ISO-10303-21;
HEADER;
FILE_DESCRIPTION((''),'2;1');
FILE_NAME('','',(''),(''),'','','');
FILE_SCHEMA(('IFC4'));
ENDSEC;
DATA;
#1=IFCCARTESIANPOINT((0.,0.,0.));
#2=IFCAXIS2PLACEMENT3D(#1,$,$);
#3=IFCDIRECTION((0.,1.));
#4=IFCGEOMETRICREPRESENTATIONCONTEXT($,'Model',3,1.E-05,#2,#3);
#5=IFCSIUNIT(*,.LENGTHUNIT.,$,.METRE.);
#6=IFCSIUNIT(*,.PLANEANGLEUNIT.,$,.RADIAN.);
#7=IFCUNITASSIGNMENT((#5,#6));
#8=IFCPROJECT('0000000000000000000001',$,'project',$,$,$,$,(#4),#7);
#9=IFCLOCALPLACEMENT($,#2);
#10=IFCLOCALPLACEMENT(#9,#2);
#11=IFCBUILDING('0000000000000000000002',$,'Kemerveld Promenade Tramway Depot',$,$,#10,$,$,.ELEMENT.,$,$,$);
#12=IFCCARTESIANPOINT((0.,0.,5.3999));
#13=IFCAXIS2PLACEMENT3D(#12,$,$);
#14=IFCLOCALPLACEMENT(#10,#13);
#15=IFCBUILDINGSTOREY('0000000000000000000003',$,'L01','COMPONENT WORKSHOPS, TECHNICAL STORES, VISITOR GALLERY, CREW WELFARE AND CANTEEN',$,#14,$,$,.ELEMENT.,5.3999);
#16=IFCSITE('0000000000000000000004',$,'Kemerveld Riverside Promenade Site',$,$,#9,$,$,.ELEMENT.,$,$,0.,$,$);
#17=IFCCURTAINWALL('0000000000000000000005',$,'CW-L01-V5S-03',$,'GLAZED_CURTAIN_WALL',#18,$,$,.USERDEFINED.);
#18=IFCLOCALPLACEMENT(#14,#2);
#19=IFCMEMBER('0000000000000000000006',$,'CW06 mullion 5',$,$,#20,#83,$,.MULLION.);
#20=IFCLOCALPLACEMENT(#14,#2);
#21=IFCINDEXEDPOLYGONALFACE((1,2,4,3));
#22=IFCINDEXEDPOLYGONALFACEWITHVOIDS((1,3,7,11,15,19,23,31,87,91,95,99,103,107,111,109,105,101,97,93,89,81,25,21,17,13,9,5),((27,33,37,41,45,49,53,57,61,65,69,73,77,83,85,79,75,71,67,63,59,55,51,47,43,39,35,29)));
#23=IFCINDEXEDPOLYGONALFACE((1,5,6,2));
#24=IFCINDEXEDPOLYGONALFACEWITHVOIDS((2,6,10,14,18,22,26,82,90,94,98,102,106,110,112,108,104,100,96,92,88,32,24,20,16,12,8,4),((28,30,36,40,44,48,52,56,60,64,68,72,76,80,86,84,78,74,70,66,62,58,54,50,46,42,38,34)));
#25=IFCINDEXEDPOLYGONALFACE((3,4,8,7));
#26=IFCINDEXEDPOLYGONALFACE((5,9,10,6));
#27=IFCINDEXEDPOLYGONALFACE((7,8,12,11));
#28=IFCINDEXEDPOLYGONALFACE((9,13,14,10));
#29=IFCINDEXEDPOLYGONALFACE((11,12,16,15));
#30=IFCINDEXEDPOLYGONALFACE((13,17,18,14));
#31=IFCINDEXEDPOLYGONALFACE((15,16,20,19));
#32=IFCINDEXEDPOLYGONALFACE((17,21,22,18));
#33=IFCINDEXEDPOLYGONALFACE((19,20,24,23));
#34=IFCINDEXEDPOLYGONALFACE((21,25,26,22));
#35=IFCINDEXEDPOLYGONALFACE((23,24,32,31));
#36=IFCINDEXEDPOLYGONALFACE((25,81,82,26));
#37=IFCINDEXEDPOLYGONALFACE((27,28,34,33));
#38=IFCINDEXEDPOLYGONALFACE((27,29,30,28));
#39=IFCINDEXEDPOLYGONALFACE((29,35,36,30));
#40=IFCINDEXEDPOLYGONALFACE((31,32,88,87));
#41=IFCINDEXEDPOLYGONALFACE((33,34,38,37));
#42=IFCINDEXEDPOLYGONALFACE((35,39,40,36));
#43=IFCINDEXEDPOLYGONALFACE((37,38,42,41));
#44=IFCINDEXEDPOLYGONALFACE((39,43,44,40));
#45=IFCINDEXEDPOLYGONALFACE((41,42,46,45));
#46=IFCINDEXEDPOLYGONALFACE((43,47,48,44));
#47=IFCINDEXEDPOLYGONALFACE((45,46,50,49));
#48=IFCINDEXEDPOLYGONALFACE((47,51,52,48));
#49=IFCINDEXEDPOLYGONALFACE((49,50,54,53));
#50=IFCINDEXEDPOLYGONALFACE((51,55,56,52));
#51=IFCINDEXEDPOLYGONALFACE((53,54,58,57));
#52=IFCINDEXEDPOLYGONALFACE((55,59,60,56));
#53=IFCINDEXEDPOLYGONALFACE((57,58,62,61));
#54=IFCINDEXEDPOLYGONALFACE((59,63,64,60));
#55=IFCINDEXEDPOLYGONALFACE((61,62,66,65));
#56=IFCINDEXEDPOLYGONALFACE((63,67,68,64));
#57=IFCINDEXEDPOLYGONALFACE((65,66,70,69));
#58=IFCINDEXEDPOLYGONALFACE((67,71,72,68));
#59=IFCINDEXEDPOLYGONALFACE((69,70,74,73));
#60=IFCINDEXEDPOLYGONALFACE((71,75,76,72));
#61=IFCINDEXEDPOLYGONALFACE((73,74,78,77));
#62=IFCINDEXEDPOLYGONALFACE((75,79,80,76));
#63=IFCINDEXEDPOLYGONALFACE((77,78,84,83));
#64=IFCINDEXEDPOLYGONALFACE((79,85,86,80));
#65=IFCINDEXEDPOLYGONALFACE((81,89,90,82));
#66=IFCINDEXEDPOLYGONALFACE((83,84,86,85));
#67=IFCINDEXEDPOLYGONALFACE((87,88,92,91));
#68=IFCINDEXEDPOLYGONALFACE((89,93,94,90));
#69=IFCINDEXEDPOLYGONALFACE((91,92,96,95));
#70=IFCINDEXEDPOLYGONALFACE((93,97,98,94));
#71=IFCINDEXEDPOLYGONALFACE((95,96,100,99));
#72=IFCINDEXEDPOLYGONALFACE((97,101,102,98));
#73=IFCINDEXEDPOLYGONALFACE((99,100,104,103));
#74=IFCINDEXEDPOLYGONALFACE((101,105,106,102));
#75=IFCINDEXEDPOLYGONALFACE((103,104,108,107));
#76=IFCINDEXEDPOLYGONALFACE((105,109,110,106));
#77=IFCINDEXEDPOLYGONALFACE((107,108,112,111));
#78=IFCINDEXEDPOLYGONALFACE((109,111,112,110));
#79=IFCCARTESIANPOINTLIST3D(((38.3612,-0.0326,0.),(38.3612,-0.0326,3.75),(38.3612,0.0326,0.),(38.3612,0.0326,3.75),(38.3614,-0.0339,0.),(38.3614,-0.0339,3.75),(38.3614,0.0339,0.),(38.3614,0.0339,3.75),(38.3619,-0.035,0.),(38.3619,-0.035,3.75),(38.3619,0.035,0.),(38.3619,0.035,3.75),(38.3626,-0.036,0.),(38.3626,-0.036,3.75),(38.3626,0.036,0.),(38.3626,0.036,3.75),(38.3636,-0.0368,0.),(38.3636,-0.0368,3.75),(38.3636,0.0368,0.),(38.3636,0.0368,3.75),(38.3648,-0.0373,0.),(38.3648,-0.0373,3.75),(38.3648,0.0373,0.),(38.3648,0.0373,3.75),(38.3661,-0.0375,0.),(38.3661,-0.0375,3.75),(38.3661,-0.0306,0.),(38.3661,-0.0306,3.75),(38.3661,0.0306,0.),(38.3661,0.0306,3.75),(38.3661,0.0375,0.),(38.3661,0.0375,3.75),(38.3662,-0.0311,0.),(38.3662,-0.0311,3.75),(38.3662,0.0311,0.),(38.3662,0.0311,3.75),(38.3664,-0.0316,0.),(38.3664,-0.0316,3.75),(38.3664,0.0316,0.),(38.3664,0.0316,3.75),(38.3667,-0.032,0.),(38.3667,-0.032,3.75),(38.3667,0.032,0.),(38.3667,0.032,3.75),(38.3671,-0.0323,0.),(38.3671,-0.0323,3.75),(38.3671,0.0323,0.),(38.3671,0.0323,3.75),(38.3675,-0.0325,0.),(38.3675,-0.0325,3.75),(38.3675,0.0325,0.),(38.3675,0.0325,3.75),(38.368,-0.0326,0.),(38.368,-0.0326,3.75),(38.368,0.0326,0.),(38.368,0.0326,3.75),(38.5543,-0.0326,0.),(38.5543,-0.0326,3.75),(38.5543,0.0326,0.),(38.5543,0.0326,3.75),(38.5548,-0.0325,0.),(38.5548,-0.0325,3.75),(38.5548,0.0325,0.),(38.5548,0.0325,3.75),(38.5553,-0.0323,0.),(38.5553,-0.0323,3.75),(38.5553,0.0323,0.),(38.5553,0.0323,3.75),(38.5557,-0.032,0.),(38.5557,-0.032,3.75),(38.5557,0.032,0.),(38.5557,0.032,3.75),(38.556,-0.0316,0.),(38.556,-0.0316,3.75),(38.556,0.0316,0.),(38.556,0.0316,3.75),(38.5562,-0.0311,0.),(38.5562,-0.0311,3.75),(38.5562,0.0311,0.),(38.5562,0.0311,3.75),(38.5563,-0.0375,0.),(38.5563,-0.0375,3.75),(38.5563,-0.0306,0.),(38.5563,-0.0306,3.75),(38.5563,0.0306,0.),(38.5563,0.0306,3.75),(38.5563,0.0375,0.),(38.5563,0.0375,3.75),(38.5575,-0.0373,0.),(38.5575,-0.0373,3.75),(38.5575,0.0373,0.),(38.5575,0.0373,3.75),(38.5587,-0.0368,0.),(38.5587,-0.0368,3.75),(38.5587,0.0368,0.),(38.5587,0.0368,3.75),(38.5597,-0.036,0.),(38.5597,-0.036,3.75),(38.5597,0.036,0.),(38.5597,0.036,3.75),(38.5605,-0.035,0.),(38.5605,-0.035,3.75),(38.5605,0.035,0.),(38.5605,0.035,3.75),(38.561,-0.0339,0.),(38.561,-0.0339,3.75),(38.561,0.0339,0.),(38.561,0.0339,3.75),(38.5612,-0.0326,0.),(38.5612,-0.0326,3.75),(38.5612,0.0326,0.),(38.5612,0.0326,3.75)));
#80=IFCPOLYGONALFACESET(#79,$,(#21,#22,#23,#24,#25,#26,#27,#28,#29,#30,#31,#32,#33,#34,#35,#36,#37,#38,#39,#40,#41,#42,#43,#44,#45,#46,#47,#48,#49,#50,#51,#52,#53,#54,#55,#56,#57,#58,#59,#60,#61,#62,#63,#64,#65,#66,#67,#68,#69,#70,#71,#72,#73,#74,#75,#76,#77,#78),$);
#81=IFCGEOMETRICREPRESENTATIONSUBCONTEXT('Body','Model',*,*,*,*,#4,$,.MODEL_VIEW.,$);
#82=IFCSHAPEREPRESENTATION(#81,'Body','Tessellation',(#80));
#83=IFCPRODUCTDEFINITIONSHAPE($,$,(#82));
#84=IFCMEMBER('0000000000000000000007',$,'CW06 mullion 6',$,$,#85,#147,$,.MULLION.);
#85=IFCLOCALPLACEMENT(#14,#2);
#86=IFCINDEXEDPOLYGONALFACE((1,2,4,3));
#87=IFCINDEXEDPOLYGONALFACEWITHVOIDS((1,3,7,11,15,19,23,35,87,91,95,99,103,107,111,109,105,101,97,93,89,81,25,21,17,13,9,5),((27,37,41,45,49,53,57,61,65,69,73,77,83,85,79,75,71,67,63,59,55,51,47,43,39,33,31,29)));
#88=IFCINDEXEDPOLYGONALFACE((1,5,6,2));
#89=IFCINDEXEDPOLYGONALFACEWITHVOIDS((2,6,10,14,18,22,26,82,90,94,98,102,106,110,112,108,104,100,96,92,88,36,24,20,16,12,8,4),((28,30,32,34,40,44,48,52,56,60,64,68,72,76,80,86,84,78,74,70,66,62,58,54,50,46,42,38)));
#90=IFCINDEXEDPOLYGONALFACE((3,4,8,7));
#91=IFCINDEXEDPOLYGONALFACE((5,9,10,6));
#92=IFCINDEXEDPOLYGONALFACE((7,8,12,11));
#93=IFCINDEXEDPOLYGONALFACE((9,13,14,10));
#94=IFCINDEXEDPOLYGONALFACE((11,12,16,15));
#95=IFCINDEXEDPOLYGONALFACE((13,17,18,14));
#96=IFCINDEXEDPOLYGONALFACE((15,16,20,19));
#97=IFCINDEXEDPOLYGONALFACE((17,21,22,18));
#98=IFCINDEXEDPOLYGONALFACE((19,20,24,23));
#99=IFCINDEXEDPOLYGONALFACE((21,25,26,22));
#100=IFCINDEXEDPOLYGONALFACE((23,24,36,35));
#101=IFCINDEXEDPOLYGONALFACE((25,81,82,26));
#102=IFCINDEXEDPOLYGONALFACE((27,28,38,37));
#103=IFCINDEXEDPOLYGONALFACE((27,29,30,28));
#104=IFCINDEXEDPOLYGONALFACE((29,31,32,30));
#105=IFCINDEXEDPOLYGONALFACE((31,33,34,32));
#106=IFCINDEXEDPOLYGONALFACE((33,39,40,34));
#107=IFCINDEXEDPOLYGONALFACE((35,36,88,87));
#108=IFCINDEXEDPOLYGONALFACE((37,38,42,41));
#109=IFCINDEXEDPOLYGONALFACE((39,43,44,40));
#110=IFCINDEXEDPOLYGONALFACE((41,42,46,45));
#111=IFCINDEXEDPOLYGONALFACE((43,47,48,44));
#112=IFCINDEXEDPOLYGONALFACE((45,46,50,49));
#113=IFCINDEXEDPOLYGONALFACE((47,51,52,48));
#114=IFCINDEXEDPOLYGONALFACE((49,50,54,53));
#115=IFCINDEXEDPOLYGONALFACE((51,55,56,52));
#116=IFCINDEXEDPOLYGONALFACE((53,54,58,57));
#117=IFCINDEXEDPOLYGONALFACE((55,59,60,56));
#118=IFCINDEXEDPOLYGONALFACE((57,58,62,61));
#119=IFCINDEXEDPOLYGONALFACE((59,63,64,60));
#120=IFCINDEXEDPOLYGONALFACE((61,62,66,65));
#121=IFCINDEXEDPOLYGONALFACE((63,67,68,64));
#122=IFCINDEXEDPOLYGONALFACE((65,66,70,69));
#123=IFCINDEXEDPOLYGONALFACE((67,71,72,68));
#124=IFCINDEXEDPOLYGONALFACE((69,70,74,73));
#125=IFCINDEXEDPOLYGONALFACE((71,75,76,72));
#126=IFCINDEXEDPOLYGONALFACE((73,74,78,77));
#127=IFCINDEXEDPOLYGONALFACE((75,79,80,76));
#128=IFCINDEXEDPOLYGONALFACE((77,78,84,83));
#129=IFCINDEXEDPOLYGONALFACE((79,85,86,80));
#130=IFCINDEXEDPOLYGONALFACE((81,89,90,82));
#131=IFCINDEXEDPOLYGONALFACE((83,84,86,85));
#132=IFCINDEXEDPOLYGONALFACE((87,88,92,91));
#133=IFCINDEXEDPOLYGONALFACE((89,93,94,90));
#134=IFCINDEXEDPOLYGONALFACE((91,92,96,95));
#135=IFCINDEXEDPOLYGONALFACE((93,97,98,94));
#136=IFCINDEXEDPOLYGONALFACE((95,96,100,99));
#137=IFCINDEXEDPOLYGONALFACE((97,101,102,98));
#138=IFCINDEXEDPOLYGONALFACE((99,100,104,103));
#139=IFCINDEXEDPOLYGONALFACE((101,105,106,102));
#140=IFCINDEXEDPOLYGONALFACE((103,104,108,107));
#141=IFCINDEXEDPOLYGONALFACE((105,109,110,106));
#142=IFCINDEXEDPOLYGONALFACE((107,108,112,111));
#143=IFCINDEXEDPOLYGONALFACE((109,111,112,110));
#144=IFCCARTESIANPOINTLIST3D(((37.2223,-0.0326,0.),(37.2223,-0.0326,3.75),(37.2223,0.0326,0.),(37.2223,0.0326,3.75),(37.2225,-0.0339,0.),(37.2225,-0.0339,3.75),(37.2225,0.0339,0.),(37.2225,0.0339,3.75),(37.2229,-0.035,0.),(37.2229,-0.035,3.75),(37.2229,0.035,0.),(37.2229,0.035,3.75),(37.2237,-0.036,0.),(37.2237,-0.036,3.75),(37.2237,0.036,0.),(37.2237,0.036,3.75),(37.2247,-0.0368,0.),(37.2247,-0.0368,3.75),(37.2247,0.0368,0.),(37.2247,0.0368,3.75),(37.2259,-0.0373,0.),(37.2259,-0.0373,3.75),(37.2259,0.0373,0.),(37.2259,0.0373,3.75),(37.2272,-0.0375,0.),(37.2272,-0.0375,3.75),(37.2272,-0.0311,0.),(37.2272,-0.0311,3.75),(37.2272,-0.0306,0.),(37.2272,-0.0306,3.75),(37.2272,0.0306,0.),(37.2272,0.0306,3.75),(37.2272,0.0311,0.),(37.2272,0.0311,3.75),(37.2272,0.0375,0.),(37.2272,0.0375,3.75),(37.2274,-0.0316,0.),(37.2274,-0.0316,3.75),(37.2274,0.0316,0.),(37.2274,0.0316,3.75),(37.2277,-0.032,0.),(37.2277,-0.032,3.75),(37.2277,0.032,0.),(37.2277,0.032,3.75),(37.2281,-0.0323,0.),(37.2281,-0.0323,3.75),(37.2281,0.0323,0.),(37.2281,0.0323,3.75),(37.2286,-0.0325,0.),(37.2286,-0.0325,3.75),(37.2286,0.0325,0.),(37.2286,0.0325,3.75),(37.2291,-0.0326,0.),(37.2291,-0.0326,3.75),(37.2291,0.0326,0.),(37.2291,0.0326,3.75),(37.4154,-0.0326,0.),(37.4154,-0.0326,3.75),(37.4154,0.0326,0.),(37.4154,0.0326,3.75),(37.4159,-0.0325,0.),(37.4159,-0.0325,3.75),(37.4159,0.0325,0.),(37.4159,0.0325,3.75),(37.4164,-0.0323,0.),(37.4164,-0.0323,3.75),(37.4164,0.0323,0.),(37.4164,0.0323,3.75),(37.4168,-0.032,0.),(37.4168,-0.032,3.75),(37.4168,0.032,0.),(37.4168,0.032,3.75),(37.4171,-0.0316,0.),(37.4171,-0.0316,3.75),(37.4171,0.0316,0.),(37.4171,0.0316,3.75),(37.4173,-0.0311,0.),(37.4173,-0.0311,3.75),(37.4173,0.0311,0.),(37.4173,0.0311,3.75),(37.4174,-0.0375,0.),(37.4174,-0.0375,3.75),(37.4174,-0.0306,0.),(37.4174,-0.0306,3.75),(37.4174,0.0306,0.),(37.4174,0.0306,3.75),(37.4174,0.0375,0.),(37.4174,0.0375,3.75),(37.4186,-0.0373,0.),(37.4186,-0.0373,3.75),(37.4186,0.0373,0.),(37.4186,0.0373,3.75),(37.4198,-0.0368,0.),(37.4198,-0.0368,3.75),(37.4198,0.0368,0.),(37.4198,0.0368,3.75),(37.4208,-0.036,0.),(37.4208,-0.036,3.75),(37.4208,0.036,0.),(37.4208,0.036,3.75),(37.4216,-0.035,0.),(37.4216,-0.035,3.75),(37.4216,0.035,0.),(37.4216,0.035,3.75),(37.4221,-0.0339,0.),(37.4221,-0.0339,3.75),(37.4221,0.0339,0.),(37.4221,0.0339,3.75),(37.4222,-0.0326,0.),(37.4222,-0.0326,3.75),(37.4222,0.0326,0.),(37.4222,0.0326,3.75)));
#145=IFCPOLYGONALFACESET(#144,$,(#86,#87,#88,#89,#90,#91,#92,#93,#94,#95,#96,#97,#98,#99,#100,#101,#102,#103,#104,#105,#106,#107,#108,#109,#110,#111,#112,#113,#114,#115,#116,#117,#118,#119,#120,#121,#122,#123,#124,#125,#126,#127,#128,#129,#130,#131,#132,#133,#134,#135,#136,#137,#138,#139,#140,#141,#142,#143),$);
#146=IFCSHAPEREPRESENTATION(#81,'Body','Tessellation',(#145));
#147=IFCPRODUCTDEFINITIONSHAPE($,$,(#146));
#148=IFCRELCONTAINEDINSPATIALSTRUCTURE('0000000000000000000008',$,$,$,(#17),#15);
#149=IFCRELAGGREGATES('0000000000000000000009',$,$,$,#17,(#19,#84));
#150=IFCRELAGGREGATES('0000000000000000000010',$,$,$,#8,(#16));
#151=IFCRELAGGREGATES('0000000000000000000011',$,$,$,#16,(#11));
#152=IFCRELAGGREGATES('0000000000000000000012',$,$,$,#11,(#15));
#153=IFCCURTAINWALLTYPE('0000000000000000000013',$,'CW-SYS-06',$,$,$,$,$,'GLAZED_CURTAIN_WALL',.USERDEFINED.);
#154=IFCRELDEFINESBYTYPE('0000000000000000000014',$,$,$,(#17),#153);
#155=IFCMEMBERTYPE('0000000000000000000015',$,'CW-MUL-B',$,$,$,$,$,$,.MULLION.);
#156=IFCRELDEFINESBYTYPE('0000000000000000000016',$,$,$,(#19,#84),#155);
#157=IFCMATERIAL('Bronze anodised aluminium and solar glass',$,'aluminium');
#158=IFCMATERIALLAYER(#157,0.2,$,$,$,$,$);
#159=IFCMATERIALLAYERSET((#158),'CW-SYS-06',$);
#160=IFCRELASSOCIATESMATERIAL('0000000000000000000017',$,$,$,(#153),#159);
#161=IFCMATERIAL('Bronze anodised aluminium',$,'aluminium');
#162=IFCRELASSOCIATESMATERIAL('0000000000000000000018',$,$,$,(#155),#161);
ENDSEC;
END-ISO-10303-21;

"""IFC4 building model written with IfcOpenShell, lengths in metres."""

from ifc_helpers import new_model, si_unit, direction, frame, origin, origin_2d, place, context, subcontext, project, spatial, hollow_rectangle, extrude, material, layer, layer_set, material_profile, profile_set, type_object, element, aggregate, save


model = new_model("IFC4")

# Units and contexts
model_context = context("Model", 3, precision=1e-05, world=origin(), true_north=direction((0.0, 1.0)))
body_context = subcontext(model_context, "Body", "Model", "MODEL_VIEW")
ifc_project = project(units=[si_unit("LENGTHUNIT", "METRE"), si_unit("PLANEANGLEUNIT", "RADIAN")], contexts=[model_context])

# Site, building, storey
site_placement = place(None, origin())
site = spatial("IfcSite", under=ifc_project, at=site_placement, Name="Kemerveld Riverside Promenade Site", CompositionType="ELEMENT", RefElevation=0.0)
building_placement = place(site_placement, origin())
building = spatial("IfcBuilding", under=site, at=building_placement, Name="Kemerveld Promenade Tramway Depot", CompositionType="ELEMENT")
storey_placement = place(building_placement, frame((0.0, 0.0, 5.3999)))
storey = spatial("IfcBuildingStorey", under=building, at=storey_placement, Name="L01", Description="COMPONENT WORKSHOPS, TECHNICAL STORES, VISITOR GALLERY, CREW WELFARE AND CANTEEN", CompositionType="ELEMENT", Elevation=5.3999)

# Curtain wall, members
ifc_material_1 = material(Name="Bronze anodised aluminium and solar glass", Category="aluminium")
ifc_layer_1 = layer(ifc_material_1, 0.2)
ifc_layer_set_1 = layer_set([ifc_layer_1], Name="CW-SYS-06")
curtain_wall_type = type_object("IfcCurtainWallType", Name="CW-SYS-06", ElementType="GLAZED_CURTAIN_WALL", PredefinedType="USERDEFINED", material=ifc_layer_set_1)
curtain_wall_placement = place(storey_placement, origin())
curtain_wall = element("IfcCurtainWall", 1, at=curtain_wall_placement, inside=storey, type_object=curtain_wall_type, Name="CW-L01-V5S-03", ObjectType="GLAZED_CURTAIN_WALL", PredefinedType="USERDEFINED")
ifc_material_2 = material(Name="Bronze anodised aluminium", Category="aluminium")
ifc_material_profile_1 = material_profile(ifc_material_2, hollow_rectangle(XDim=0.075, YDim=0.2, WallThickness=0.0049, InnerFilletRadius=0.002, OuterFilletRadius=0.0049, at=origin_2d()), Name="CW-MUL-200x75")
ifc_profile_set_1 = profile_set([ifc_material_profile_1], Name="Bronze anodised aluminium")
member_type_1 = type_object("IfcMemberType", Name="CW-MUL-B", PredefinedType="MULLION", material=ifc_profile_set_1)
member_1_placement = place(storey_placement, frame((38.4612, 0.0, 0.0), z_axis=(0.0, 0.0, 1.0), x_axis=(0.0, -1.0, 0.0)))
member_1 = element("IfcMember", 2, at=member_1_placement, type_object=member_type_1, Name="CW06 mullion 5", PredefinedType="MULLION", context=body_context, shape_type="SweptSolid", body=[
    extrude(hollow_rectangle(XDim=0.075, YDim=0.2, WallThickness=0.0049, InnerFilletRadius=0.002, OuterFilletRadius=0.0049, at=origin_2d()), origin(), (0.0, 0.0, 1.0), 3.75),
])
member_2_placement = place(storey_placement, frame((37.3223, 0.0, 0.0), z_axis=(0.0, 0.0, 1.0), x_axis=(0.0, -1.0, 0.0)))
member_2 = element("IfcMember", 3, at=member_2_placement, type_object=member_type_1, Name="CW06 mullion 6", PredefinedType="MULLION", context=body_context, shape_type="SweptSolid", body=[
    extrude(hollow_rectangle(XDim=0.075, YDim=0.2, WallThickness=0.0049, InnerFilletRadius=0.002, OuterFilletRadius=0.0049, at=origin_2d()), origin(), (0.0, 0.0, 1.0), 3.75),
])
aggregate(curtain_wall, [member_1, member_2])

save(model, "model.ifc")
